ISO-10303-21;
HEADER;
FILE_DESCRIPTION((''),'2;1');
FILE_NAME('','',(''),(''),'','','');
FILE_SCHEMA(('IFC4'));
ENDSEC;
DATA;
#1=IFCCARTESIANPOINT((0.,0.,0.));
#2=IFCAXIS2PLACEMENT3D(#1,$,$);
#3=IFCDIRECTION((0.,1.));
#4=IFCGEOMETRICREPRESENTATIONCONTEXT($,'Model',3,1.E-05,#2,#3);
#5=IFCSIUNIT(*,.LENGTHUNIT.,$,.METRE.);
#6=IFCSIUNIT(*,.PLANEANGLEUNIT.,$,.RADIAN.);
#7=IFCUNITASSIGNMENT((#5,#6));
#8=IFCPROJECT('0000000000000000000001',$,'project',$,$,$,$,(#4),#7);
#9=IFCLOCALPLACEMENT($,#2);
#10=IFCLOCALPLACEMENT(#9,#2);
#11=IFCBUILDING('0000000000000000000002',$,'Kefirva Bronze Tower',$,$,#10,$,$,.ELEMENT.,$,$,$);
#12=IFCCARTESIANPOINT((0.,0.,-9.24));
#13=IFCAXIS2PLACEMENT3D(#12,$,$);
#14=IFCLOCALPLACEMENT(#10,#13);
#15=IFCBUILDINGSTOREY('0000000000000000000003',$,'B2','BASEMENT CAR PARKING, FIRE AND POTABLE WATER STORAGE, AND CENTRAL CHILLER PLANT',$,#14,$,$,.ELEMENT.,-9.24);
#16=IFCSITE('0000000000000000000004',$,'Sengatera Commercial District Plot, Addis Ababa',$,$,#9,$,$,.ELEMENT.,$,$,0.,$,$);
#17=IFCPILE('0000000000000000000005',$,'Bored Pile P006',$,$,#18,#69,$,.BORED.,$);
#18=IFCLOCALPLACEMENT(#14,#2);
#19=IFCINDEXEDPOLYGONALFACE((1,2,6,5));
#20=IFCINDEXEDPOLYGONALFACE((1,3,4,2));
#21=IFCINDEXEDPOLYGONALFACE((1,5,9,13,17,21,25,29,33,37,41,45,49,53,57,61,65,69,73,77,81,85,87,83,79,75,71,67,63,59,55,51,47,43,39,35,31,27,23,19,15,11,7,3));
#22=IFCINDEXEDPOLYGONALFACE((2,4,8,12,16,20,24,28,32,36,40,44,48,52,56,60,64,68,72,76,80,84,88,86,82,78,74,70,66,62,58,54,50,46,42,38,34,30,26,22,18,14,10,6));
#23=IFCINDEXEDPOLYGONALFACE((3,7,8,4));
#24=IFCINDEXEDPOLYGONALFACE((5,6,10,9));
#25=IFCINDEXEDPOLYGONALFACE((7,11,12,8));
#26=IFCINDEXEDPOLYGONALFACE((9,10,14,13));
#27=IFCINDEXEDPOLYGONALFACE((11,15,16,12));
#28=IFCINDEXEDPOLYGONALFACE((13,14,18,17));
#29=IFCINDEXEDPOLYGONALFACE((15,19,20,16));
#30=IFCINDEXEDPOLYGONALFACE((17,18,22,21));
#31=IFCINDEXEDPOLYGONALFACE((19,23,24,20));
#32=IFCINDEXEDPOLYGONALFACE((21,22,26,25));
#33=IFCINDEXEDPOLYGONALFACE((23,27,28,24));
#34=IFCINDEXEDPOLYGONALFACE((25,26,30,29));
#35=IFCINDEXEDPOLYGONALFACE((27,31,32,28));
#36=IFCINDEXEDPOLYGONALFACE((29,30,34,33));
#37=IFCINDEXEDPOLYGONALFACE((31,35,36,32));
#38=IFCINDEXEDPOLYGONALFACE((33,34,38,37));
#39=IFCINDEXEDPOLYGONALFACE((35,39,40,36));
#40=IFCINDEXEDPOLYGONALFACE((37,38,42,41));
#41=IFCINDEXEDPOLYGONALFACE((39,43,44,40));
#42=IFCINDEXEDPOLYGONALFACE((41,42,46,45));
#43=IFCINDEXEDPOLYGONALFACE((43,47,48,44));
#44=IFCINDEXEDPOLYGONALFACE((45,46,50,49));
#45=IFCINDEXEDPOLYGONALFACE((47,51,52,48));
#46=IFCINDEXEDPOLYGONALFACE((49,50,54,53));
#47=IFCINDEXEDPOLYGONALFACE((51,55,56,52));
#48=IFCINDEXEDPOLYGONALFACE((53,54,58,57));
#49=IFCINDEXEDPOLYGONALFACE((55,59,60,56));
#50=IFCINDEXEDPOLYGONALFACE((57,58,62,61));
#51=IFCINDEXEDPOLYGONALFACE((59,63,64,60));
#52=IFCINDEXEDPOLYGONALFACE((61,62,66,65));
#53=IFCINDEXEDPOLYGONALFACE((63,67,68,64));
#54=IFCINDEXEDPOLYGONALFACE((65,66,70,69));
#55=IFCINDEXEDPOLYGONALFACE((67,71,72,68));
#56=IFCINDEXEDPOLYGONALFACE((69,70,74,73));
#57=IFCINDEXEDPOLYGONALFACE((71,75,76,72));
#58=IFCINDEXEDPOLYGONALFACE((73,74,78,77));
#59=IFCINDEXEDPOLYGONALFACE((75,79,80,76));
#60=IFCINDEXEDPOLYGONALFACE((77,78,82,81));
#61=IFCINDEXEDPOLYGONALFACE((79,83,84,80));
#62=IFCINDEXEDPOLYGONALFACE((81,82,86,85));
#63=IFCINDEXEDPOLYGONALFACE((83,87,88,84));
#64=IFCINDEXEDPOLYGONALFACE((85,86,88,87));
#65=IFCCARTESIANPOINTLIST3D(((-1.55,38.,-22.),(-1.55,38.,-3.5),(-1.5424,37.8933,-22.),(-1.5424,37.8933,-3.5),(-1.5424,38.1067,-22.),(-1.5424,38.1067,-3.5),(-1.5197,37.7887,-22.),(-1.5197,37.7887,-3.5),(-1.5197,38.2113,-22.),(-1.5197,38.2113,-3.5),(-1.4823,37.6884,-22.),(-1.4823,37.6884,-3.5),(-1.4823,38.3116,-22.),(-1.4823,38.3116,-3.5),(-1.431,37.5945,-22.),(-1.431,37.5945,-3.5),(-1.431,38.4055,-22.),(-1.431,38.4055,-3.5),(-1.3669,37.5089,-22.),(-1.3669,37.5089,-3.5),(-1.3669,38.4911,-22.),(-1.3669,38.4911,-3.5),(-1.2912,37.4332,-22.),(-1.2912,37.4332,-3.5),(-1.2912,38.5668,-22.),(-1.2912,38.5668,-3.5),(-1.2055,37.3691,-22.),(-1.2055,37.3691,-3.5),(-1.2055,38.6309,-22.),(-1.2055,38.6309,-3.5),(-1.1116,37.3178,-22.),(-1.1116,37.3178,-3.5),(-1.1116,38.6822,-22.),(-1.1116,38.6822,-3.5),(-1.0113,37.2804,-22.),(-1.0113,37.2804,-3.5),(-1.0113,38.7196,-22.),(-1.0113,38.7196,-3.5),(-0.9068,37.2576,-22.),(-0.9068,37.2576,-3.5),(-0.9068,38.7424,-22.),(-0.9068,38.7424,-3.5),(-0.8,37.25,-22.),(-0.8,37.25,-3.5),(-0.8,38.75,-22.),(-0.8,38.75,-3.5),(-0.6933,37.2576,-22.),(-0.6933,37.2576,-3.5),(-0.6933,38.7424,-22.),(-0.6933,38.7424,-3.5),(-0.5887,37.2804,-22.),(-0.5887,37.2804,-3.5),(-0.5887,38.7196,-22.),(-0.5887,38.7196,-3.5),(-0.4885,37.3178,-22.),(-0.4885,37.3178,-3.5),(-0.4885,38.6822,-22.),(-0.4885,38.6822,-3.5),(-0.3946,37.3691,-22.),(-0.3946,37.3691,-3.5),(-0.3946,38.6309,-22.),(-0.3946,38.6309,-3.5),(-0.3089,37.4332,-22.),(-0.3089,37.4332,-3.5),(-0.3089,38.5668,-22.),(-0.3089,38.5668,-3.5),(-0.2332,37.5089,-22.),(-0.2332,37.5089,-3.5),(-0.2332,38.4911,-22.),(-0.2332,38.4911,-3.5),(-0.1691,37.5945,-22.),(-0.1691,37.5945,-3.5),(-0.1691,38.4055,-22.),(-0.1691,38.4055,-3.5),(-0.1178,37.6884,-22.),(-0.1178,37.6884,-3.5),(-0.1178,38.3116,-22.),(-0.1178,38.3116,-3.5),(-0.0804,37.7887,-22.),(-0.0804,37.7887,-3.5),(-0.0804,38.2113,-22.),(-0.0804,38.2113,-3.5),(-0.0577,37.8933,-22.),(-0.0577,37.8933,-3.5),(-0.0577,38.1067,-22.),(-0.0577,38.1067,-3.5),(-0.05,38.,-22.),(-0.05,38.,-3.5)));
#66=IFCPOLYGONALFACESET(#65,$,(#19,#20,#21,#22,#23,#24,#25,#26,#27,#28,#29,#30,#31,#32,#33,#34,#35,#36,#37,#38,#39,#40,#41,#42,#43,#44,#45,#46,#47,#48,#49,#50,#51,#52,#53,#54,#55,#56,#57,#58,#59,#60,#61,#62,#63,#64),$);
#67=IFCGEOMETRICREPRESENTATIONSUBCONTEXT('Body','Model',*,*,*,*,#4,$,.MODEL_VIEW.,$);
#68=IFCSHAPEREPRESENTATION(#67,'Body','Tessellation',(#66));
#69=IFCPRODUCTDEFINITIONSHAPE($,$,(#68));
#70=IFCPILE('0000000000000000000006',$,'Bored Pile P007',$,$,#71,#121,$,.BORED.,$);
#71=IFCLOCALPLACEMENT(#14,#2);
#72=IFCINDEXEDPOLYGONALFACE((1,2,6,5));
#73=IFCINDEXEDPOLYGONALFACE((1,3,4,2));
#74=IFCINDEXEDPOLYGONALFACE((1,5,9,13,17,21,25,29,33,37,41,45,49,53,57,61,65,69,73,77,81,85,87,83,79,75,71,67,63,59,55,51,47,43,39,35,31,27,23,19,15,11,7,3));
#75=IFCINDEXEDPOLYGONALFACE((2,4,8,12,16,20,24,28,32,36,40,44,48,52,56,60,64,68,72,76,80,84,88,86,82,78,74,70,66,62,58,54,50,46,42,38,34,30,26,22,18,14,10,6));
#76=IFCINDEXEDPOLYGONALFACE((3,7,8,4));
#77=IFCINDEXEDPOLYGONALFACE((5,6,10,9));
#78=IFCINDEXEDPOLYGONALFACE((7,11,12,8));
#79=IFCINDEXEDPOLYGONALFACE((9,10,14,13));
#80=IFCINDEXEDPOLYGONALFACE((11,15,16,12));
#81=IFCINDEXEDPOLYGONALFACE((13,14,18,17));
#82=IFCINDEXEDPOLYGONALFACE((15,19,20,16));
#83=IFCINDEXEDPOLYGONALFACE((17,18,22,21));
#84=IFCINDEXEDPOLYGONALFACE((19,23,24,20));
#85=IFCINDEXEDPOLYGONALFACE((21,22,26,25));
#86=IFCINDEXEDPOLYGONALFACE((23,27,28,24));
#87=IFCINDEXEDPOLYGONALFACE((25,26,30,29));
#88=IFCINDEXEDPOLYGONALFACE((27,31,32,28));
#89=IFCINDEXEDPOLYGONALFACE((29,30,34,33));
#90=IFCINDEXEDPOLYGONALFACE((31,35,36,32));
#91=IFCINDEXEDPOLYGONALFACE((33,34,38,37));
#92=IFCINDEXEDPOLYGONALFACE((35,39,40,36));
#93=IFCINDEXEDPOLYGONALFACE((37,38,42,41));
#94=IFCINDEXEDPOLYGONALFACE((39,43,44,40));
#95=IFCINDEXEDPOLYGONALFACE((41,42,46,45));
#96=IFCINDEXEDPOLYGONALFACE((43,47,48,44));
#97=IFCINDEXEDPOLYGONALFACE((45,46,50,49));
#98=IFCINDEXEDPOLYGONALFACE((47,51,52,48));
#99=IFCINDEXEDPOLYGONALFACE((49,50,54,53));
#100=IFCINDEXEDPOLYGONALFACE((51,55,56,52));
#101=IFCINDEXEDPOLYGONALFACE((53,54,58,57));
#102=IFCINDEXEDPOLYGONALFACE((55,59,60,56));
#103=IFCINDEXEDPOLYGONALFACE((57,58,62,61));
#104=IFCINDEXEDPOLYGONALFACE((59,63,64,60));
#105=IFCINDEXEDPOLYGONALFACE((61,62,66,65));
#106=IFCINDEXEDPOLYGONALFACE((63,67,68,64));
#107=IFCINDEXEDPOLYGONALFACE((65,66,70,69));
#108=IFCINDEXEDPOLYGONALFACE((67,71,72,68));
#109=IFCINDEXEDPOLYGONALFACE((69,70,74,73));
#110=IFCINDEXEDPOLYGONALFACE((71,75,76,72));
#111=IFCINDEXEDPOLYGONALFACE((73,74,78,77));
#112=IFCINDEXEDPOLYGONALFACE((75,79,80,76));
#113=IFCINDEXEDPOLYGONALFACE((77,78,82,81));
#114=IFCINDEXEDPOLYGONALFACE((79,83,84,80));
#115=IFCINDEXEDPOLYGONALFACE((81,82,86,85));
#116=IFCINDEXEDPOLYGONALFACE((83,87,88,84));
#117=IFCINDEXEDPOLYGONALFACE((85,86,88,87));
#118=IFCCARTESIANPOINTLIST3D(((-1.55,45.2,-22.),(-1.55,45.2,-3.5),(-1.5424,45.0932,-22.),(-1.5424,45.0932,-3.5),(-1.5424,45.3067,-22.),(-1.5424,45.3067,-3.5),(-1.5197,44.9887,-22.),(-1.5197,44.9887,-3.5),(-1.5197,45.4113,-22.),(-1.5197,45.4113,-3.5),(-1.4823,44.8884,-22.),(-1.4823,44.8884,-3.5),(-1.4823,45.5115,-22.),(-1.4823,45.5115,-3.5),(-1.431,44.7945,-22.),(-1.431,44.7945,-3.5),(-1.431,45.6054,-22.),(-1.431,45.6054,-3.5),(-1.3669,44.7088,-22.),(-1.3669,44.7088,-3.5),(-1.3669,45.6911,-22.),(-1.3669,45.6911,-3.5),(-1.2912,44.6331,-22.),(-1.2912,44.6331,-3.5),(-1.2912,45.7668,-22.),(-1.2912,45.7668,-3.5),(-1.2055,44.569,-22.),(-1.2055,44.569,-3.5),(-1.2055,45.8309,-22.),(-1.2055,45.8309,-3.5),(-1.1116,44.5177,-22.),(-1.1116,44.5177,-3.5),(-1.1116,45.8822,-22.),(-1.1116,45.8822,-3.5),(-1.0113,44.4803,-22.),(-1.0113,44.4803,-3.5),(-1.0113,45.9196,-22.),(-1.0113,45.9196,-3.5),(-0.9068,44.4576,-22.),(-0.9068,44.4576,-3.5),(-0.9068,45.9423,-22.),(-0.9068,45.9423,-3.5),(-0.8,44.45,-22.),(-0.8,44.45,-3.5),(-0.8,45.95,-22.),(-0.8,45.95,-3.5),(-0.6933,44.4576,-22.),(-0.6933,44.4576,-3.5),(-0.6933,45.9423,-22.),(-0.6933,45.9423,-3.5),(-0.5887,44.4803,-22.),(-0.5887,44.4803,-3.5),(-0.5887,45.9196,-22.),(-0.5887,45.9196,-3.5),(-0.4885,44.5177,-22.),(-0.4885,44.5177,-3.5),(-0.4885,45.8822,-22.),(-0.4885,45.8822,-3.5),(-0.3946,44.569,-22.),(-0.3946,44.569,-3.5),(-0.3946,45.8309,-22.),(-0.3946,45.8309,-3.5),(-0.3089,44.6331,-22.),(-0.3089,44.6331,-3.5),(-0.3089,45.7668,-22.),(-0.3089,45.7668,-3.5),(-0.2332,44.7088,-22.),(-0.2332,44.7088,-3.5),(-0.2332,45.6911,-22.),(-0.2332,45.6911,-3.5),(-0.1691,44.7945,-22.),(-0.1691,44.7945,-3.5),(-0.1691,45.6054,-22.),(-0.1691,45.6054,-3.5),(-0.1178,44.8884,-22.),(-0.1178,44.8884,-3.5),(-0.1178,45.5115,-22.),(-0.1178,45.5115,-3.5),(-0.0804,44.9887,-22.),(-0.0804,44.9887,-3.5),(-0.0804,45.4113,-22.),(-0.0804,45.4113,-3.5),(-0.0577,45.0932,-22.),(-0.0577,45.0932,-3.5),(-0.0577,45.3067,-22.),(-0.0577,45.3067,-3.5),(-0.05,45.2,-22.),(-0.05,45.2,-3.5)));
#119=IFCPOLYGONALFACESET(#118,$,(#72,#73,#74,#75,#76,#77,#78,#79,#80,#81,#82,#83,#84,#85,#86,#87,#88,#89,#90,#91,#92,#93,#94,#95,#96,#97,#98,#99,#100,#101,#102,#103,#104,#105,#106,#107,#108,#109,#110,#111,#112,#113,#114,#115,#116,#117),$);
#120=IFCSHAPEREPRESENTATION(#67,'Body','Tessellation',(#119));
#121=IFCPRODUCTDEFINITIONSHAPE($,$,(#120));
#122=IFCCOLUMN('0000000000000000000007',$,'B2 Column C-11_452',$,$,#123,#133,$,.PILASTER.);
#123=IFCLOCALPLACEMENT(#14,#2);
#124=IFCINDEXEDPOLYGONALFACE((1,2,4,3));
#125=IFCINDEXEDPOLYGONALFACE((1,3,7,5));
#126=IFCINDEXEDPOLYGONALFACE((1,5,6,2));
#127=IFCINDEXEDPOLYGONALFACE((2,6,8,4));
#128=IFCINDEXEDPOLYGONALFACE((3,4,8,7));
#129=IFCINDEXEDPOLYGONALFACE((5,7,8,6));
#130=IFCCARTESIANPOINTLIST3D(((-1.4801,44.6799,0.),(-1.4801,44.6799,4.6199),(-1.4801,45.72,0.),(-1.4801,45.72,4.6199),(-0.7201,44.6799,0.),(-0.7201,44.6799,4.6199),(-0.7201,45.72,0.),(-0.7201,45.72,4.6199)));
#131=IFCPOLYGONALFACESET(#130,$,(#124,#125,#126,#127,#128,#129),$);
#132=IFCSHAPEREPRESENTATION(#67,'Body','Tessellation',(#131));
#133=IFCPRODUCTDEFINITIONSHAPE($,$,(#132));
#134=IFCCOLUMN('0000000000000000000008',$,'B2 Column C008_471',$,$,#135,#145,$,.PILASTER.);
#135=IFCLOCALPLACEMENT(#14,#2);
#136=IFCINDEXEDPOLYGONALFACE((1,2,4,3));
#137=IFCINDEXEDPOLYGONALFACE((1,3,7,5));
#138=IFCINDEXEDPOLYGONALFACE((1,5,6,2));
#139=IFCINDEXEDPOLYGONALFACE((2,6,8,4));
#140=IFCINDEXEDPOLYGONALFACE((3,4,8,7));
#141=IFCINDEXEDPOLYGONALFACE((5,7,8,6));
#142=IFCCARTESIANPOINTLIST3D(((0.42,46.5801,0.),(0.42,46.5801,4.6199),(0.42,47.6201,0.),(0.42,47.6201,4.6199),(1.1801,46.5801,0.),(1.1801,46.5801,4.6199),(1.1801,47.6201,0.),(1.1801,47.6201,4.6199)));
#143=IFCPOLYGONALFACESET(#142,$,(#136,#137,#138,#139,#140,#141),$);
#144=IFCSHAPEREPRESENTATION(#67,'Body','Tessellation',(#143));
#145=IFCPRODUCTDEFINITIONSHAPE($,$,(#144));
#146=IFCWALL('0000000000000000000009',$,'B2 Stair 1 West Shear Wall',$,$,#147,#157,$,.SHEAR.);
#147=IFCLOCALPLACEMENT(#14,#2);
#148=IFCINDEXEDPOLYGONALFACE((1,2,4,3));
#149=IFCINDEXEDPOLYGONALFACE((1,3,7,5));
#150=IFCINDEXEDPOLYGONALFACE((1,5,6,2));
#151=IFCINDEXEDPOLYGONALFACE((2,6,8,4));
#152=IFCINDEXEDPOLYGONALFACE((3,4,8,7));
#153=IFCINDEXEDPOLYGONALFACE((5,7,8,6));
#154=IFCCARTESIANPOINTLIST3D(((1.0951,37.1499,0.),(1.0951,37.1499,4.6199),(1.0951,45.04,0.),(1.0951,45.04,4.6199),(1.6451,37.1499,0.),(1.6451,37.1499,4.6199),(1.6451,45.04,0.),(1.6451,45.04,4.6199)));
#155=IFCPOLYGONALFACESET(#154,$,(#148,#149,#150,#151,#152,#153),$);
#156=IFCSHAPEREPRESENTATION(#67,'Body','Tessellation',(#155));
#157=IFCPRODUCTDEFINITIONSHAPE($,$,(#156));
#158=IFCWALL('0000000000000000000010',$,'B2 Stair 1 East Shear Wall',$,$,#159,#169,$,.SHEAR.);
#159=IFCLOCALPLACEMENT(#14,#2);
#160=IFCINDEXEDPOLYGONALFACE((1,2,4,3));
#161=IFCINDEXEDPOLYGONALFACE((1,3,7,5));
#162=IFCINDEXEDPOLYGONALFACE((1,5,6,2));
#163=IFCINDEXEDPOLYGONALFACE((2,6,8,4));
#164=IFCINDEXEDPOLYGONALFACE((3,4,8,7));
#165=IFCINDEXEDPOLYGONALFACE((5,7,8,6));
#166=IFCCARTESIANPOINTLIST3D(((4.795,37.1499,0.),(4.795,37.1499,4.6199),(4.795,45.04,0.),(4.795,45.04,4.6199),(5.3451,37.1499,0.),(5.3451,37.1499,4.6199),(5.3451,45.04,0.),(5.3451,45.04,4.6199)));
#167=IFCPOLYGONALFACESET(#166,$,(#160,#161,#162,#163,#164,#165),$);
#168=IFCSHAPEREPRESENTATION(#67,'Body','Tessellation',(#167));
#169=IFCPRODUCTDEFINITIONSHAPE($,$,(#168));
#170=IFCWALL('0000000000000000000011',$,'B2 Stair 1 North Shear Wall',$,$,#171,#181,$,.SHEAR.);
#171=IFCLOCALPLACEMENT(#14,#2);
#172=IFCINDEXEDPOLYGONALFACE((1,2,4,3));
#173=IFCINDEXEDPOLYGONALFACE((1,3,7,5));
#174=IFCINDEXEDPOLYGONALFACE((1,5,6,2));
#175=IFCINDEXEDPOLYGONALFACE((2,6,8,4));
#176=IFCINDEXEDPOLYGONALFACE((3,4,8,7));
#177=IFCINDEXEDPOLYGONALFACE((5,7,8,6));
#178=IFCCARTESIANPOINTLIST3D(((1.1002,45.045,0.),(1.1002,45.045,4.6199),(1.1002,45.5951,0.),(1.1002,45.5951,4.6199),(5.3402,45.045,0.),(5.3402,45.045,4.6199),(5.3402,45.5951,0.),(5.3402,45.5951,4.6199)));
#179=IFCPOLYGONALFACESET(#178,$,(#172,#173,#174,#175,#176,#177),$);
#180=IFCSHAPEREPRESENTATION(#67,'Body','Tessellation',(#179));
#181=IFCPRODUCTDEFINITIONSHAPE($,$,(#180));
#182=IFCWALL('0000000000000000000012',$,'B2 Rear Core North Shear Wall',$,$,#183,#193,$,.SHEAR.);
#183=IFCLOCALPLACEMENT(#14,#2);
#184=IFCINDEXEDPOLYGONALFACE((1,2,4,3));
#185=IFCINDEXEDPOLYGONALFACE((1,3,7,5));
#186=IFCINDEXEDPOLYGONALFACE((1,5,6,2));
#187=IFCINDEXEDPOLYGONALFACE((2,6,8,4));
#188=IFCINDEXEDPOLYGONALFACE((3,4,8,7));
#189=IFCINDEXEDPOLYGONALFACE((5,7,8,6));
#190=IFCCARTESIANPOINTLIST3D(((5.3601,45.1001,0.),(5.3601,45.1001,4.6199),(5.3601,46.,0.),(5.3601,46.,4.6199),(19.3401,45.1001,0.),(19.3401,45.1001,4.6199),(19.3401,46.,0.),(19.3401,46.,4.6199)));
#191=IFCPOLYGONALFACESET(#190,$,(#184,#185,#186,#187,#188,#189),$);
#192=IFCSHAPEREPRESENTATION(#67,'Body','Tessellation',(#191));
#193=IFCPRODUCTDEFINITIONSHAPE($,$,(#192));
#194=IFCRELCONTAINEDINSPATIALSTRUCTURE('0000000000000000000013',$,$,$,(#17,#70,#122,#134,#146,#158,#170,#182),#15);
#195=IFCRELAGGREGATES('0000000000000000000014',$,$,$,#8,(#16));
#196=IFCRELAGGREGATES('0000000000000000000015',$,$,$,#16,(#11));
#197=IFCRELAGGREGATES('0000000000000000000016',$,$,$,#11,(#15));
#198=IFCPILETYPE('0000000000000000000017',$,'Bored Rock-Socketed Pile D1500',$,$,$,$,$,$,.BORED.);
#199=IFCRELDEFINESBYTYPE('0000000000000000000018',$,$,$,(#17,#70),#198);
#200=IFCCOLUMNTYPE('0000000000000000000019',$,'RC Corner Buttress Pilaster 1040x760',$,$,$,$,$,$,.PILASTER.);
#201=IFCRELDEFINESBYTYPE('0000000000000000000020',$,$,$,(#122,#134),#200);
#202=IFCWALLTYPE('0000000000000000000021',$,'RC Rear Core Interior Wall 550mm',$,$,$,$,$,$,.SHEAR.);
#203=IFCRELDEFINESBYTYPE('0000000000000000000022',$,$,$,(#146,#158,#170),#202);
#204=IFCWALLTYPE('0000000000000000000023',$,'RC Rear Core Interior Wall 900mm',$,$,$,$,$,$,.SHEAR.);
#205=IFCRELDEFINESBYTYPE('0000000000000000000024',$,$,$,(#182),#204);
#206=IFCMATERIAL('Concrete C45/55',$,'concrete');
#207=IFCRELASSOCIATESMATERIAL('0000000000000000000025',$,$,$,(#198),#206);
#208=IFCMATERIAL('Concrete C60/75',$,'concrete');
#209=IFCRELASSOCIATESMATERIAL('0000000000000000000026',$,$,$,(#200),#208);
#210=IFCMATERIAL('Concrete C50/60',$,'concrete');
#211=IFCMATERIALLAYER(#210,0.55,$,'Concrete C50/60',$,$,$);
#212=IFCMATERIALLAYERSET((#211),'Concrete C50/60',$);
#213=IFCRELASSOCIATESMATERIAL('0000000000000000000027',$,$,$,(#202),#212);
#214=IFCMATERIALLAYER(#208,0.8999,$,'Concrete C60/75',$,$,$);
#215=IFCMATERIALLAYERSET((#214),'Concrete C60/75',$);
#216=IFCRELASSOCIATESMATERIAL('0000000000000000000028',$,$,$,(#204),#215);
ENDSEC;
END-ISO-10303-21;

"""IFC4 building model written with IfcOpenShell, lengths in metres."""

from ifc_helpers import new_model, si_unit, direction, frame, frame_2d, origin, origin_2d, place, context, subcontext, project, spatial, rectangle, circle, extrude, material, layer, layer_set, material_profile, profile_set, type_object, element, save


model = new_model("IFC4")

# Units and contexts
model_context = context("Model", 3, precision=1e-05, world=origin(), true_north=direction((0.0, 1.0)))
body_context = subcontext(model_context, "Body", "Model", "MODEL_VIEW")
ifc_project = project(units=[si_unit("LENGTHUNIT", "METRE"), si_unit("PLANEANGLEUNIT", "RADIAN")], contexts=[model_context])

# Site, building, storey
site_placement = place(None, origin())
site = spatial("IfcSite", under=ifc_project, at=site_placement, Name="Sengatera Commercial District Plot, Addis Ababa", CompositionType="ELEMENT", RefElevation=0.0)
building_placement = place(site_placement, origin())
building = spatial("IfcBuilding", under=site, at=building_placement, Name="Kefirva Bronze Tower", CompositionType="ELEMENT")
storey_placement = place(building_placement, frame((0.0, 0.0, -9.24)))
storey = spatial("IfcBuildingStorey", under=building, at=storey_placement, Name="B2", Description="BASEMENT CAR PARKING, FIRE AND POTABLE WATER STORAGE, AND CENTRAL CHILLER PLANT", CompositionType="ELEMENT", Elevation=-9.24)

# Piles
ifc_material_1 = material(Name="Concrete C45/55", Category="concrete")
ifc_material_profile_1 = material_profile(ifc_material_1, circle(Radius=0.75, at=origin_2d()), Name="BORED PILE D1500")
ifc_profile_set_1 = profile_set([ifc_material_profile_1], Name="Concrete C45/55")
pile_type = type_object("IfcPileType", Name="Bored Rock-Socketed Pile D1500", PredefinedType="BORED", material=ifc_profile_set_1)
for number, where, z_axis, x_axis, name in (
    (1, (-0.8, 38.0, -3.5), (0.0, 0.0, -1.0), (1.0, 0.0, 0.0), "Bored Pile P006"),
    (2, (-0.8, 45.2, -3.5), (0.0, 0.0, -1.0), (1.0, 0.0, 0.0), "Bored Pile P007"),
):
    element("IfcPile", number, at=place(storey_placement, frame(where, z_axis=z_axis, x_axis=x_axis)), inside=storey, type_object=pile_type, Name=name, PredefinedType="BORED", context=body_context, shape_type="SweptSolid", body=[
        extrude(circle(Radius=0.75, at=origin_2d()), origin(), (0.0, 0.0, 1.0), 18.5),
    ])

# Columns
ifc_material_2 = material(Name="Concrete C60/75", Category="concrete")
ifc_material_profile_2 = material_profile(ifc_material_2, rectangle(XDim=0.76, YDim=1.04, at=origin_2d()), Name="RC 760x1040")
ifc_profile_set_2 = profile_set([ifc_material_profile_2], Name="Concrete C60/75")
column_type = type_object("IfcColumnType", Name="RC Corner Buttress Pilaster 1040x760", PredefinedType="PILASTER", material=ifc_profile_set_2)
for number, where, z_axis, x_axis, name in (
    (3, (-1.1001, 45.2, 0.0), (0.0, 0.0, 1.0), (1.0, 0.0, 0.0), "B2 Column C-11_452"),
    (4, (0.8, 47.1001, 0.0), (0.0, 0.0, 1.0), (1.0, 0.0, 0.0), "B2 Column C008_471"),
):
    element("IfcColumn", number, at=place(storey_placement, frame(where, z_axis=z_axis, x_axis=x_axis)), inside=storey, type_object=column_type, Name=name, PredefinedType="PILASTER", context=body_context, shape_type="SweptSolid", body=[
        extrude(rectangle(XDim=0.76, YDim=1.04, at=origin_2d()), origin(), (0.0, 0.0, 1.0), 4.6199),
    ])

# Walls
ifc_material_3 = material(Name="Concrete C50/60", Category="concrete")
ifc_layer_1 = layer(ifc_material_3, 0.55, Name="Concrete C50/60")
ifc_layer_set_1 = layer_set([ifc_layer_1], Name="Concrete C50/60")
wall_type_1 = type_object("IfcWallType", Name="RC Rear Core Interior Wall 550mm", PredefinedType="SHEAR", material=ifc_layer_set_1)
for number, where, z_axis, x_axis, name in (
    (5, (1.3701, 37.1499, 0.0), (0.0, 0.0, 1.0), (0.0, 1.0, 0.0), "B2 Stair 1 West Shear Wall"),
    (6, (5.0701, 37.1499, 0.0), (0.0, 0.0, 1.0), (0.0, 1.0, 0.0), "B2 Stair 1 East Shear Wall"),
):
    element("IfcWall", number, at=place(storey_placement, frame(where, z_axis=z_axis, x_axis=x_axis)), inside=storey, type_object=wall_type_1, Name=name, PredefinedType="SHEAR", context=body_context, shape_type="SweptSolid", body=[
        extrude(rectangle(XDim=7.8901, YDim=0.55, at=frame_2d((3.9451, 0.0))), origin(), (0.0, 0.0, 1.0), 4.6199),
    ])
wall_1_placement = place(storey_placement, frame((1.1001, 45.3201, 0.0), z_axis=(0.0, 0.0, 1.0), x_axis=(1.0, 0.0, 0.0)))
element("IfcWall", 7, at=wall_1_placement, inside=storey, type_object=wall_type_1, Name="B2 Stair 1 North Shear Wall", PredefinedType="SHEAR", context=body_context, shape_type="SweptSolid", body=[
    extrude(rectangle(XDim=4.24, YDim=0.55, at=frame_2d((2.1201, 0.0))), origin(), (0.0, 0.0, 1.0), 4.6199),
])
ifc_layer_2 = layer(ifc_material_2, 0.8999, Name="Concrete C60/75")
ifc_layer_set_2 = layer_set([ifc_layer_2], Name="Concrete C60/75")
wall_type_2 = type_object("IfcWallType", Name="RC Rear Core Interior Wall 900mm", PredefinedType="SHEAR", material=ifc_layer_set_2)
wall_2_placement = place(storey_placement, frame((5.3601, 45.55, 0.0), z_axis=(0.0, 0.0, 1.0), x_axis=(1.0, 0.0, 0.0)))
element("IfcWall", 8, at=wall_2_placement, inside=storey, type_object=wall_type_2, Name="B2 Rear Core North Shear Wall", PredefinedType="SHEAR", context=body_context, shape_type="SweptSolid", body=[
    extrude(rectangle(XDim=13.98, YDim=0.8999, at=frame_2d((6.99, 0.0))), origin(), (0.0, 0.0, 1.0), 4.6199),
])

save(model, "model.ifc")
